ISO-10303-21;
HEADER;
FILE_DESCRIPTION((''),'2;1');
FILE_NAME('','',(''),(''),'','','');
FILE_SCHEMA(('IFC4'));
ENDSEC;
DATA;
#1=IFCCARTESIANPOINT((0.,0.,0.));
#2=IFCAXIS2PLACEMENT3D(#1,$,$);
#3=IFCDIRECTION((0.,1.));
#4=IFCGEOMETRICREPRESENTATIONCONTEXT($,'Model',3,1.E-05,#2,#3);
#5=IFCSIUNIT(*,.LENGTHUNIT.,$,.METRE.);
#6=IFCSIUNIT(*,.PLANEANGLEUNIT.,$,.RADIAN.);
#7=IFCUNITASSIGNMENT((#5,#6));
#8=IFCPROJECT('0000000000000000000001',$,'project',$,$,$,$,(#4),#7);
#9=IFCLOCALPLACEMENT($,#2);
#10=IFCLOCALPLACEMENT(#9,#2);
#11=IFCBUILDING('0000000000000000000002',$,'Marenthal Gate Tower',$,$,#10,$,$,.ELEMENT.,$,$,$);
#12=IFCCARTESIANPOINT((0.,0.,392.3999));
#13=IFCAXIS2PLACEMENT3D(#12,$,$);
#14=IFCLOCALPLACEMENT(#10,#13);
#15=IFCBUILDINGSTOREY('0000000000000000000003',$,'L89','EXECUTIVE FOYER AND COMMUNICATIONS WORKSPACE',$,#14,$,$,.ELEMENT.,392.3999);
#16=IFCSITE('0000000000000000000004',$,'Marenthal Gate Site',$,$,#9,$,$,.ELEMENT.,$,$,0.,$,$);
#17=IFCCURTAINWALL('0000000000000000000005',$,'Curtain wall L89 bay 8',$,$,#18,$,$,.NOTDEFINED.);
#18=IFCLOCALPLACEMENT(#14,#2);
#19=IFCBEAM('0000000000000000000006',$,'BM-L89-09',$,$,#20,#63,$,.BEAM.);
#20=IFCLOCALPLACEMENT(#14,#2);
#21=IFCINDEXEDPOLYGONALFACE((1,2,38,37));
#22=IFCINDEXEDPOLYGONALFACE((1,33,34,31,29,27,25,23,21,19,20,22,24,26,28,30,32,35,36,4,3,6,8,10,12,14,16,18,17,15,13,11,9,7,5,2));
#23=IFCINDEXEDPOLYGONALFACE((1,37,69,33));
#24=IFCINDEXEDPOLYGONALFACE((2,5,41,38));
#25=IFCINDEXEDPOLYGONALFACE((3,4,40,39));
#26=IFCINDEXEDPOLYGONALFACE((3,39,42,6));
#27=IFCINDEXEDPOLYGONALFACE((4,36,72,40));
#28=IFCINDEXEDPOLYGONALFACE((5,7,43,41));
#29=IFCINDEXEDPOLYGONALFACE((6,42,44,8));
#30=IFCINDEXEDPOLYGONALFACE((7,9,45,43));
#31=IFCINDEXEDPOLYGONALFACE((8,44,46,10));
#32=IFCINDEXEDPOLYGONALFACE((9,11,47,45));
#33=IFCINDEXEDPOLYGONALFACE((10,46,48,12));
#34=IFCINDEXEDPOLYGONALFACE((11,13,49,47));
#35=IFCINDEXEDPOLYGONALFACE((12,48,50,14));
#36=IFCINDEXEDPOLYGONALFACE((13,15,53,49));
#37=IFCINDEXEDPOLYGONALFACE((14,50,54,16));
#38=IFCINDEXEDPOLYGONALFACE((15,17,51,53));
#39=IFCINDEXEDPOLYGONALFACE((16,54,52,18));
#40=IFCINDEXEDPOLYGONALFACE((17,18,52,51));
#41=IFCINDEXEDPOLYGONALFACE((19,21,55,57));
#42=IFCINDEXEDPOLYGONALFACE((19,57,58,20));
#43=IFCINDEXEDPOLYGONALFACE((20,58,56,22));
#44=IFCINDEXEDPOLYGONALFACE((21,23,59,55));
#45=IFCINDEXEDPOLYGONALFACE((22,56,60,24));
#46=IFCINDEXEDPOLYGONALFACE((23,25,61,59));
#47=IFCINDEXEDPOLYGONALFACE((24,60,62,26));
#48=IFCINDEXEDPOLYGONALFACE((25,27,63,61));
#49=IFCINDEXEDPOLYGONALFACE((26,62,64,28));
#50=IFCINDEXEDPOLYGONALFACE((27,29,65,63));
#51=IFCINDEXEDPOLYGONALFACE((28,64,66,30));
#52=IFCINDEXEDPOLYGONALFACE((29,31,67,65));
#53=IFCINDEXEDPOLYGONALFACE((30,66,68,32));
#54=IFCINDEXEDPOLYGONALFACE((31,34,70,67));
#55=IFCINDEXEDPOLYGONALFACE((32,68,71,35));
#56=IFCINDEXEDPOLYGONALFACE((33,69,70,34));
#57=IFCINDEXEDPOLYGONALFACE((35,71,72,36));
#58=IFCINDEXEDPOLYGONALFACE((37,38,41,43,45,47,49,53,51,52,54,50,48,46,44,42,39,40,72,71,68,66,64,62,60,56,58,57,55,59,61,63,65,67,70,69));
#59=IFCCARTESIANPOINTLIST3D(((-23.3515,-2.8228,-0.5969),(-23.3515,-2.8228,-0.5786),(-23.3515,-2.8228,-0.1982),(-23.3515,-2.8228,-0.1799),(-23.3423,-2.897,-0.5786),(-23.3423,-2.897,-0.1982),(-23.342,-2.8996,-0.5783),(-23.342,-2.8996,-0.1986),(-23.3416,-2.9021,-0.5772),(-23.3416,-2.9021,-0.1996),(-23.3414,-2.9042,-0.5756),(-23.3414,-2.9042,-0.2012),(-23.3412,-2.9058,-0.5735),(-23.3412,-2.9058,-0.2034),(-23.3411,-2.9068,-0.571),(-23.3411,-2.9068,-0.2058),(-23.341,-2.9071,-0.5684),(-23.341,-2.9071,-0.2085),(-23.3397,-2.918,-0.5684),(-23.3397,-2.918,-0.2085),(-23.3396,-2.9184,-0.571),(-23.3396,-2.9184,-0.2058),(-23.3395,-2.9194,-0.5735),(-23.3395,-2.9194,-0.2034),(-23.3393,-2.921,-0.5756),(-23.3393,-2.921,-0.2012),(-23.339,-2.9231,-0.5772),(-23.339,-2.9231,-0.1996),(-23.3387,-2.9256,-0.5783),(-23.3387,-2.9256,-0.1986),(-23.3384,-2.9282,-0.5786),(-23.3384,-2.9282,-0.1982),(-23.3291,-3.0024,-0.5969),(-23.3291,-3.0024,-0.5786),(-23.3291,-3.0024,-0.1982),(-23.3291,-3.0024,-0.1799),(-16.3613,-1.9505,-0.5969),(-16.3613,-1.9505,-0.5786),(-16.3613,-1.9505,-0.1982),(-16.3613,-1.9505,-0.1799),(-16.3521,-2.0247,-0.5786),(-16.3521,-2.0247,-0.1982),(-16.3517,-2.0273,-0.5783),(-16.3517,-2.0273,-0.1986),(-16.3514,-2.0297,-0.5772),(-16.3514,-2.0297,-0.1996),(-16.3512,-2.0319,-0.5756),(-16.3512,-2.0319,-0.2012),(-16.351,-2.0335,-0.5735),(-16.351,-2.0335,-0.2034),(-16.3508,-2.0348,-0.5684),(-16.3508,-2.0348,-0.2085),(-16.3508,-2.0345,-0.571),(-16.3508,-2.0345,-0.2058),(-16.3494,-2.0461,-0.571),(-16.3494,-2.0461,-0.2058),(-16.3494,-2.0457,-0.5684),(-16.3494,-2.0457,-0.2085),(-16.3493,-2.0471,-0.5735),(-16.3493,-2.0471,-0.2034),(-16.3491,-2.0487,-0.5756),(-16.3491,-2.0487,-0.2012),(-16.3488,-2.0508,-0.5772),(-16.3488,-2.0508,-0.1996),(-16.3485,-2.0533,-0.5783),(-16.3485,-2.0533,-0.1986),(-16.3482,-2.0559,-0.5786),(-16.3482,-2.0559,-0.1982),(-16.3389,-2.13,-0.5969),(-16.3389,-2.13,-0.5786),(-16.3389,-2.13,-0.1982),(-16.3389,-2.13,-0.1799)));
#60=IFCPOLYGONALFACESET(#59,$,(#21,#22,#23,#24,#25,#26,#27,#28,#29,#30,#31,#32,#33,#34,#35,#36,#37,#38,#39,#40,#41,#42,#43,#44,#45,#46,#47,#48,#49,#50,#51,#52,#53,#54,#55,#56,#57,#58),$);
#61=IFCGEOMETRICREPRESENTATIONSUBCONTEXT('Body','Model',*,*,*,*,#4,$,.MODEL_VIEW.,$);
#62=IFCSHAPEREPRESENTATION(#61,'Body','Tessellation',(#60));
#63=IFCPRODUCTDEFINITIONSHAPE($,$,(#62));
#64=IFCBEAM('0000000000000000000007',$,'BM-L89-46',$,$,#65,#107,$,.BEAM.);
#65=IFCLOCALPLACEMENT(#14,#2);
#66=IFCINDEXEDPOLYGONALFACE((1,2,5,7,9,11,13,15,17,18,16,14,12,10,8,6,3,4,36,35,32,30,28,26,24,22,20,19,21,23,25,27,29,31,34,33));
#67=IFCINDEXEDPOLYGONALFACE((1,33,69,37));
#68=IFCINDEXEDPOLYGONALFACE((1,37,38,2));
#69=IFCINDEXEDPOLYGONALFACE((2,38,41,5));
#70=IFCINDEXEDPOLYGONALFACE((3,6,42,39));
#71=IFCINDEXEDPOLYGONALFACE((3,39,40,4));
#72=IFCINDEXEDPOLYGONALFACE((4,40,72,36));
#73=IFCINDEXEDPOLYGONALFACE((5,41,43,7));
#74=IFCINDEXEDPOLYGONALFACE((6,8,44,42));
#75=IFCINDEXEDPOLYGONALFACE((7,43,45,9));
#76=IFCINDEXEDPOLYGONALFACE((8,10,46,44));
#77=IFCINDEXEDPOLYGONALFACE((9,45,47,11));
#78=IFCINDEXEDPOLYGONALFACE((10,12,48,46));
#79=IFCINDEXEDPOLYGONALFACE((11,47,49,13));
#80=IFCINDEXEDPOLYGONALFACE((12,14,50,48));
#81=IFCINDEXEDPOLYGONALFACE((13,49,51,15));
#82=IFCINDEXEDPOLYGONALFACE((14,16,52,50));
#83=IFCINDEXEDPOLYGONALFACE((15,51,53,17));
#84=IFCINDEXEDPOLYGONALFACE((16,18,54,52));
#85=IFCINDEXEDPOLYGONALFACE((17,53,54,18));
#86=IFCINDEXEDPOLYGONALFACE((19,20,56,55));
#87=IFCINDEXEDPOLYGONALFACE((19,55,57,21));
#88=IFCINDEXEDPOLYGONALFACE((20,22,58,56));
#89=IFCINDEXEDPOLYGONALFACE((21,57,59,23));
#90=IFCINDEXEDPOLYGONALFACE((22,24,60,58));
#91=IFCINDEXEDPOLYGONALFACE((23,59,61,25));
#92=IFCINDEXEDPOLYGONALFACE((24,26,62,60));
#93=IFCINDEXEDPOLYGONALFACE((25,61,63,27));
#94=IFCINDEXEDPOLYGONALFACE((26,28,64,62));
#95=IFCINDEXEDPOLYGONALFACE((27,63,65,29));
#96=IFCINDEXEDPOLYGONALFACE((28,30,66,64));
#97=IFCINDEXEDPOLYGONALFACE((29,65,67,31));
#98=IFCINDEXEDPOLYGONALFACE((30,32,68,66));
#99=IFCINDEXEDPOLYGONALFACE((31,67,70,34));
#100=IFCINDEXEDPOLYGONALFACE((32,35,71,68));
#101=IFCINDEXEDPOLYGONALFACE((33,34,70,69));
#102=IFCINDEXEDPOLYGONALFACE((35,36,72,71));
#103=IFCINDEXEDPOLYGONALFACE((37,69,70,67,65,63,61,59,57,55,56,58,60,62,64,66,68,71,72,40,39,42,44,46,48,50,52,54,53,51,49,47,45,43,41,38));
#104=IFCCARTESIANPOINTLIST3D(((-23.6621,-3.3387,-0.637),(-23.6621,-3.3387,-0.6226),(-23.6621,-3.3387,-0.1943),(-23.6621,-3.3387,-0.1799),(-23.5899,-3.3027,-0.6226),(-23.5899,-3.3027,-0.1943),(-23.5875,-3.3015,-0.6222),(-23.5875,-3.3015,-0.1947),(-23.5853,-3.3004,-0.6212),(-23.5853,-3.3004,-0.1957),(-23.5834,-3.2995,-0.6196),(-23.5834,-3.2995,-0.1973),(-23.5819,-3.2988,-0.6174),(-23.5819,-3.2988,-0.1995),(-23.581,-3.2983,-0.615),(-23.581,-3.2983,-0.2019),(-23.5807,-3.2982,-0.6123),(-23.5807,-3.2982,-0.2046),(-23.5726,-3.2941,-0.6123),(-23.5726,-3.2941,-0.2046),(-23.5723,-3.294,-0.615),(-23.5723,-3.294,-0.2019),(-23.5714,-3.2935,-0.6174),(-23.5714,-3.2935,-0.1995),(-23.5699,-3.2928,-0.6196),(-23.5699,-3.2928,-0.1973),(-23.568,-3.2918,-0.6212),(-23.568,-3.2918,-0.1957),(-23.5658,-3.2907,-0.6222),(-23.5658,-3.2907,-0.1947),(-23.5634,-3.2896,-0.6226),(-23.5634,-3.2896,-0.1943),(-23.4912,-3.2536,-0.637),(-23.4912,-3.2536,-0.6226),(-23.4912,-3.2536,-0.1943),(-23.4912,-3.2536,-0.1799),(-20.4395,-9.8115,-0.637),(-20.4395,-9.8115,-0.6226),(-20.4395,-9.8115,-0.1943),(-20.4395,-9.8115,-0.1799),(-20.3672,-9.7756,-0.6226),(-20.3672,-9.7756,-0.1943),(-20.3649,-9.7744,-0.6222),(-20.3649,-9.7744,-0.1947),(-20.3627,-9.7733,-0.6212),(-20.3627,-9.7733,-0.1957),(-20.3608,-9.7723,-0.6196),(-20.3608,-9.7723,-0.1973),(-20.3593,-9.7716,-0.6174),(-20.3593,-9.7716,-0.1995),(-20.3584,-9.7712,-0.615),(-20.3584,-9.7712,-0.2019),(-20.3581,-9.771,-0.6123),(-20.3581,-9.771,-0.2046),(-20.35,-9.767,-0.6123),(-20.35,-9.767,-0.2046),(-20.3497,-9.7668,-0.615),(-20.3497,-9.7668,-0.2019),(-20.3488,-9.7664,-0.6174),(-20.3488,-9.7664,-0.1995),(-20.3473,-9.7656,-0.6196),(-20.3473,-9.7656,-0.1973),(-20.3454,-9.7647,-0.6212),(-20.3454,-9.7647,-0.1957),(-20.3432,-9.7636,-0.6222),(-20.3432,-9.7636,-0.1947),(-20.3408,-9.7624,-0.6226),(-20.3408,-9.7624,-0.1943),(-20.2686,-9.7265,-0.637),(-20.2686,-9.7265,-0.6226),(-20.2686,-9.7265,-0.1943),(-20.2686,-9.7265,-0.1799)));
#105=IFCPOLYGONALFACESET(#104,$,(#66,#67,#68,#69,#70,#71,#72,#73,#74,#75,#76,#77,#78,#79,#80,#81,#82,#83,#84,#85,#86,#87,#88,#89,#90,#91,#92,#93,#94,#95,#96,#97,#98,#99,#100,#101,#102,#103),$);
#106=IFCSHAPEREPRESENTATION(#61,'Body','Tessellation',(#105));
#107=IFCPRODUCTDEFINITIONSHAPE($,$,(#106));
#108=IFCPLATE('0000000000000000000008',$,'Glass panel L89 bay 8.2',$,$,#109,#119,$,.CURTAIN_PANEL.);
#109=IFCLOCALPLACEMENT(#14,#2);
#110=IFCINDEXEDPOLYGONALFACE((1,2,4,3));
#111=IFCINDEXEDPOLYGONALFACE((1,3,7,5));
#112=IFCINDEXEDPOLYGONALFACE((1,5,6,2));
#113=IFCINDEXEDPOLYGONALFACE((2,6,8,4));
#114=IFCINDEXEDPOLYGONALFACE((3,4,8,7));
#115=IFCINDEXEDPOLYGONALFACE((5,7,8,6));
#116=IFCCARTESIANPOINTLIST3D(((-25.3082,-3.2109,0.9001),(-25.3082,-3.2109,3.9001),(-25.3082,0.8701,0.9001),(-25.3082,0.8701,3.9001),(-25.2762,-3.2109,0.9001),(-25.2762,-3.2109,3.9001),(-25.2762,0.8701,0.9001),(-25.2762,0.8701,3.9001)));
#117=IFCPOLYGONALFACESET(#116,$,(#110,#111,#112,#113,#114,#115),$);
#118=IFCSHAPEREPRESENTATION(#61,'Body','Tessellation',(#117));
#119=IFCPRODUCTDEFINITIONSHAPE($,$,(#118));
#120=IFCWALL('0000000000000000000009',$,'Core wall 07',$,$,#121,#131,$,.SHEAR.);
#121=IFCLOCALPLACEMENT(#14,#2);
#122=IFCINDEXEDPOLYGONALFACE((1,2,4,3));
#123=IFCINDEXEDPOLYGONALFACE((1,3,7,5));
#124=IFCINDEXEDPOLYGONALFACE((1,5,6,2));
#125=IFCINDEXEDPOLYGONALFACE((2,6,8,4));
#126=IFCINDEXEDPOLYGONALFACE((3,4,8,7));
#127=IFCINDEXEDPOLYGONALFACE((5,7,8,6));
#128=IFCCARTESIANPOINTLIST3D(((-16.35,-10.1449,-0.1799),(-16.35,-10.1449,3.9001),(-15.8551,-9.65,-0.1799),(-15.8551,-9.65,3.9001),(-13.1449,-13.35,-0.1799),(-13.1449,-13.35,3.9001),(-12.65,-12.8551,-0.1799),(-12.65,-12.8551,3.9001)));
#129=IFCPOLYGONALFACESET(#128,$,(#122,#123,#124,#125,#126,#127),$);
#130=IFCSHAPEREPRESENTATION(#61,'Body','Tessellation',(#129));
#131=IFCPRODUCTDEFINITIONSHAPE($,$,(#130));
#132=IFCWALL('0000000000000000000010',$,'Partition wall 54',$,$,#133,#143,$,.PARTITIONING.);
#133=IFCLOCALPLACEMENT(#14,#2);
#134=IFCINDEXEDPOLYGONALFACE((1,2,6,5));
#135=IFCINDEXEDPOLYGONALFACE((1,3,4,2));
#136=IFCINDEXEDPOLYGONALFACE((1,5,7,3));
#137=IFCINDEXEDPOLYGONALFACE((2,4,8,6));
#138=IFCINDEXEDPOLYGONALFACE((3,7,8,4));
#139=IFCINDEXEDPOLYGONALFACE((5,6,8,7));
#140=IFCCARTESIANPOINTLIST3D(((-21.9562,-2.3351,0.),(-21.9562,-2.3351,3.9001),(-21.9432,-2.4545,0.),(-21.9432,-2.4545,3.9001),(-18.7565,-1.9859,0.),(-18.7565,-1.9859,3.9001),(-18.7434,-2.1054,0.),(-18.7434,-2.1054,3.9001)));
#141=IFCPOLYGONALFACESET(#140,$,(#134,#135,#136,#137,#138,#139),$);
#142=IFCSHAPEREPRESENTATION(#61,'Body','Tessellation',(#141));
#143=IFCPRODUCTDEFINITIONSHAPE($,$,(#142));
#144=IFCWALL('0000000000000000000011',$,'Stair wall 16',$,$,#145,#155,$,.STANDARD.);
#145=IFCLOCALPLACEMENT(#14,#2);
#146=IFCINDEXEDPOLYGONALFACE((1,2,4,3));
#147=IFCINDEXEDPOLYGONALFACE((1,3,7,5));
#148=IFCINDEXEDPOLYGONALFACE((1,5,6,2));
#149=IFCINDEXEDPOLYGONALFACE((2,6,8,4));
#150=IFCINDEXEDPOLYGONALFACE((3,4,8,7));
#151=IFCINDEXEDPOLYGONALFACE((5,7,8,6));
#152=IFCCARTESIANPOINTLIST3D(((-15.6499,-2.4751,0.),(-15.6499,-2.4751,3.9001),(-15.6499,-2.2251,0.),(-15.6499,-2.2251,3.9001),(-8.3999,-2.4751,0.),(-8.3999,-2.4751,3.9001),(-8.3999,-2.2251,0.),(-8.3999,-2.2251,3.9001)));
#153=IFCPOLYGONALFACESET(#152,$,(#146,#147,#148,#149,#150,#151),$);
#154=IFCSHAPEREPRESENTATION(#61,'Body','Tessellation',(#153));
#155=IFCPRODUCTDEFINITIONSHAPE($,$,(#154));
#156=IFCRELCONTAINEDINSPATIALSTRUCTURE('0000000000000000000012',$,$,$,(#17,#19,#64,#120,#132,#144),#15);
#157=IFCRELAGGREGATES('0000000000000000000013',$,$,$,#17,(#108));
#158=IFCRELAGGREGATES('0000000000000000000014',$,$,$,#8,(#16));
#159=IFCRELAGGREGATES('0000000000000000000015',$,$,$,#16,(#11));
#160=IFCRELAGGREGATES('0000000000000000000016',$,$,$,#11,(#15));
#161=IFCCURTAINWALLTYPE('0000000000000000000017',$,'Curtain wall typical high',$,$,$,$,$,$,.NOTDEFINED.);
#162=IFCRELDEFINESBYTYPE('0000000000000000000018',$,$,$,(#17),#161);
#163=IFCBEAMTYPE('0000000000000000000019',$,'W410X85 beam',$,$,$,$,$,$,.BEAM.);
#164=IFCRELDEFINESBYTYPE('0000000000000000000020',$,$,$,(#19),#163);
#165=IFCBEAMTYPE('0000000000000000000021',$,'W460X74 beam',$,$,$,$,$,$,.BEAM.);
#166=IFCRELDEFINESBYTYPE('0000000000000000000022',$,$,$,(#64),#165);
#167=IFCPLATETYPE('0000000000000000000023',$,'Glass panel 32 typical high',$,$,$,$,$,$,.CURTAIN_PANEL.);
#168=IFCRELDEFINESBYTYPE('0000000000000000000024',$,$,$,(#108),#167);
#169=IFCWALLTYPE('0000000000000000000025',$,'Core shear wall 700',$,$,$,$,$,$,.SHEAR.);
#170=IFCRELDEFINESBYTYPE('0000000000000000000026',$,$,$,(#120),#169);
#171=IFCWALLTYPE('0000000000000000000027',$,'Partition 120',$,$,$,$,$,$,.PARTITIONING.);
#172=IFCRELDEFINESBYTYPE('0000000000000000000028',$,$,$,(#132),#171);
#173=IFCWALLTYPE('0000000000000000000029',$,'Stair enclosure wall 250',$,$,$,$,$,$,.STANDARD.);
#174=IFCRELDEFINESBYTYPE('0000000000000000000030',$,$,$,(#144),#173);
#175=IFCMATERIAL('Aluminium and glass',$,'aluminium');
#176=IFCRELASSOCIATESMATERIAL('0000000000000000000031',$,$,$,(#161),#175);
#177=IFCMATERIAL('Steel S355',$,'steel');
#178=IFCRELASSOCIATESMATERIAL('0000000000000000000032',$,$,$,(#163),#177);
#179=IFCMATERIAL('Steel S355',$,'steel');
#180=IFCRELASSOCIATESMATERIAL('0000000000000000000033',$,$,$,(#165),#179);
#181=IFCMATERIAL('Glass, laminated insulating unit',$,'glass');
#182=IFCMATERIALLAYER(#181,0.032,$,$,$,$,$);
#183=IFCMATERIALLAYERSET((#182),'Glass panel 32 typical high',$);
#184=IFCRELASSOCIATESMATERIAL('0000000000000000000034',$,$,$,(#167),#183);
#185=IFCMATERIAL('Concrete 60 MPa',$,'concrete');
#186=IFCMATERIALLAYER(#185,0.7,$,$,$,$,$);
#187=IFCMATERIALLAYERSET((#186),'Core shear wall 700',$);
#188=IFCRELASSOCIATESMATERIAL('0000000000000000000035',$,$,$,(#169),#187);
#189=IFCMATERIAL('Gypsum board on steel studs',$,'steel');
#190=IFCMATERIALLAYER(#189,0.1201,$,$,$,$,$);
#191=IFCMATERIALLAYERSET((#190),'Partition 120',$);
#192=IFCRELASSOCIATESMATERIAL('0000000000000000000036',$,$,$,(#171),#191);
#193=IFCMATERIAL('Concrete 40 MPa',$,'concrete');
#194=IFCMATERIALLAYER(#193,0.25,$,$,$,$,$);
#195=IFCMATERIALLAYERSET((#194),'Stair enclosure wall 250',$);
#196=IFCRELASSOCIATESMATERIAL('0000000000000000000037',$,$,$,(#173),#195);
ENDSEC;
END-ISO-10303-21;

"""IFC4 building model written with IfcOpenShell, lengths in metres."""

from ifc_helpers import new_model, si_unit, direction, frame, frame_2d, origin, origin_2d, place, context, subcontext, project, spatial, rectangle, i_section, extrude, material, layer, layer_set, material_profile, profile_set, type_object, element, aggregate, save


model = new_model("IFC4")

# Units and contexts
model_context = context("Model", 3, precision=1e-05, world=origin(), true_north=direction((0.0, 1.0)))
body_context = subcontext(model_context, "Body", "Model", "MODEL_VIEW")
ifc_project = project(units=[si_unit("LENGTHUNIT", "METRE"), si_unit("PLANEANGLEUNIT", "RADIAN")], contexts=[model_context])

# Site, building, storey
site_placement = place(None, origin())
site = spatial("IfcSite", under=ifc_project, at=site_placement, Name="Marenthal Gate Site", CompositionType="ELEMENT", RefElevation=0.0)
building_placement = place(site_placement, origin())
building = spatial("IfcBuilding", under=site, at=building_placement, Name="Marenthal Gate Tower", CompositionType="ELEMENT")
storey_placement = place(building_placement, frame((0.0, 0.0, 392.3999)))
storey = spatial("IfcBuildingStorey", under=building, at=storey_placement, Name="L89", Description="EXECUTIVE FOYER AND COMMUNICATIONS WORKSPACE", CompositionType="ELEMENT", Elevation=392.3999)

# Curtain wall
ifc_material_1 = material(Name="Aluminium and glass", Category="aluminium")
curtain_wall_type = type_object("IfcCurtainWallType", Name="Curtain wall typical high", PredefinedType="NOTDEFINED", material=ifc_material_1)
curtain_wall_placement = place(storey_placement, origin())
curtain_wall = element("IfcCurtainWall", 1, at=curtain_wall_placement, inside=storey, type_object=curtain_wall_type, Name="Curtain wall L89 bay 8", PredefinedType="NOTDEFINED")

# Beams
ifc_material_2 = material(Name="Steel S355", Category="steel")
ifc_material_profile_1 = material_profile(ifc_material_2, i_section(OverallWidth=0.1809, OverallDepth=0.417, WebThickness=0.011, FlangeThickness=0.0183, FilletRadius=0.0103, at=origin_2d()), Name="W410X85")
ifc_profile_set_1 = profile_set([ifc_material_profile_1], Name="Steel S355")
beam_type_1 = type_object("IfcBeamType", Name="W410X85 beam", PredefinedType="BEAM", material=ifc_profile_set_1)
beam_1_placement = place(storey_placement, frame((-23.3403, -2.9126, -0.3884), z_axis=(0.992303, 0.12383, 0.0), x_axis=(-0.12383, 0.992303, 0.0)))
element("IfcBeam", 2, at=beam_1_placement, inside=storey, type_object=beam_type_1, Name="BM-L89-09", PredefinedType="BEAM", context=body_context, shape_type="SweptSolid", body=[
    extrude(i_section(OverallWidth=0.1809, OverallDepth=0.417, WebThickness=0.011, FlangeThickness=0.0183, FilletRadius=0.0103, at=origin_2d()), origin(), (0.0, 0.0, 1.0), 7.0444),
])
ifc_material_3 = material(Name="Steel S355", Category="steel")
ifc_material_profile_2 = material_profile(ifc_material_3, i_section(OverallWidth=0.1909, OverallDepth=0.457, WebThickness=0.009, FlangeThickness=0.0144, FilletRadius=0.0103, at=origin_2d()), Name="W460X74")
ifc_profile_set_2 = profile_set([ifc_material_profile_2], Name="Steel S355")
beam_type_2 = type_object("IfcBeamType", Name="W460X74 beam", PredefinedType="BEAM", material=ifc_profile_set_2)
beam_2_placement = place(storey_placement, frame((-23.5767, -3.2961, -0.4084), z_axis=(0.445687, -0.895189, 0.0), x_axis=(0.895189, 0.445687, 0.0)))
element("IfcBeam", 3, at=beam_2_placement, inside=storey, type_object=beam_type_2, Name="BM-L89-46", PredefinedType="BEAM", context=body_context, shape_type="SweptSolid", body=[
    extrude(i_section(OverallWidth=0.1909, OverallDepth=0.457, WebThickness=0.009, FlangeThickness=0.0144, FilletRadius=0.0103, at=origin_2d()), origin(), (0.0, 0.0, 1.0), 7.2307),
])

# Plate
ifc_material_4 = material(Name="Glass, laminated insulating unit", Category="glass")
ifc_layer_1 = layer(ifc_material_4, 0.032)
ifc_layer_set_1 = layer_set([ifc_layer_1], Name="Glass panel 32 typical high")
plate_type = type_object("IfcPlateType", Name="Glass panel 32 typical high", PredefinedType="CURTAIN_PANEL", material=ifc_layer_set_1)
plate_placement = place(storey_placement, frame((-25.2922, -1.1704, 0.9001), z_axis=(0.0, 0.0, 1.0), x_axis=(0.0, -1.0, 0.0)))
plate = element("IfcPlate", 4, at=plate_placement, type_object=plate_type, Name="Glass panel L89 bay 8.2", PredefinedType="CURTAIN_PANEL", context=body_context, shape_type="SweptSolid", body=[
    extrude(rectangle(XDim=4.0811, YDim=0.032, at=origin_2d()), origin(), (0.0, 0.0, 1.0), 3.0),
])
aggregate(curtain_wall, [plate])

# Walls
ifc_material_5 = material(Name="Concrete 60 MPa", Category="concrete")
ifc_layer_2 = layer(ifc_material_5, 0.7)
ifc_layer_set_2 = layer_set([ifc_layer_2], Name="Core shear wall 700")
wall_type_1 = type_object("IfcWallType", Name="Core shear wall 700", PredefinedType="SHEAR", material=ifc_layer_set_2)
wall_1_placement = place(storey_placement, frame((-16.1025, -9.8975, -0.1799), z_axis=(0.0, 0.0, 1.0), x_axis=(0.707107, -0.707107, 0.0)))
element("IfcWall", 5, at=wall_1_placement, inside=storey, type_object=wall_type_1, Name="Core wall 07", PredefinedType="SHEAR", context=body_context, shape_type="SweptSolid", body=[
    extrude(rectangle(XDim=4.5327, YDim=0.7, at=frame_2d((2.2664, 0.0))), origin(), (0.0, 0.0, 1.0), 4.0801),
])
ifc_material_6 = material(Name="Gypsum board on steel studs", Category="steel")
ifc_layer_3 = layer(ifc_material_6, 0.1201)
ifc_layer_set_3 = layer_set([ifc_layer_3], Name="Partition 120")
wall_type_2 = type_object("IfcWallType", Name="Partition 120", PredefinedType="PARTITIONING", material=ifc_layer_set_3)
wall_2_placement = place(storey_placement, frame((-21.9497, -2.3948, 0.0), z_axis=(0.0, 0.0, 1.0), x_axis=(0.9941, 0.108467, 0.0)))
element("IfcWall", 6, at=wall_2_placement, inside=storey, type_object=wall_type_2, Name="Partition wall 54", PredefinedType="PARTITIONING", context=body_context, shape_type="SweptSolid", body=[
    extrude(rectangle(XDim=3.2188, YDim=0.1201, at=frame_2d((1.6094, 0.0))), origin(), (0.0, 0.0, 1.0), 3.9001),
])
ifc_material_7 = material(Name="Concrete 40 MPa", Category="concrete")
ifc_layer_4 = layer(ifc_material_7, 0.25)
ifc_layer_set_4 = layer_set([ifc_layer_4], Name="Stair enclosure wall 250")
wall_type_3 = type_object("IfcWallType", Name="Stair enclosure wall 250", PredefinedType="STANDARD", material=ifc_layer_set_4)
wall_3_placement = place(storey_placement, frame((-15.6499, -2.3501, 0.0), z_axis=(0.0, 0.0, 1.0), x_axis=(1.0, 0.0, 0.0)))
element("IfcWall", 7, at=wall_3_placement, inside=storey, type_object=wall_type_3, Name="Stair wall 16", PredefinedType="STANDARD", context=body_context, shape_type="SweptSolid", body=[
    extrude(rectangle(XDim=7.25, YDim=0.25, at=frame_2d((3.625, 0.0))), origin(), (0.0, 0.0, 1.0), 3.9001),
])

save(model, "model.ifc")
